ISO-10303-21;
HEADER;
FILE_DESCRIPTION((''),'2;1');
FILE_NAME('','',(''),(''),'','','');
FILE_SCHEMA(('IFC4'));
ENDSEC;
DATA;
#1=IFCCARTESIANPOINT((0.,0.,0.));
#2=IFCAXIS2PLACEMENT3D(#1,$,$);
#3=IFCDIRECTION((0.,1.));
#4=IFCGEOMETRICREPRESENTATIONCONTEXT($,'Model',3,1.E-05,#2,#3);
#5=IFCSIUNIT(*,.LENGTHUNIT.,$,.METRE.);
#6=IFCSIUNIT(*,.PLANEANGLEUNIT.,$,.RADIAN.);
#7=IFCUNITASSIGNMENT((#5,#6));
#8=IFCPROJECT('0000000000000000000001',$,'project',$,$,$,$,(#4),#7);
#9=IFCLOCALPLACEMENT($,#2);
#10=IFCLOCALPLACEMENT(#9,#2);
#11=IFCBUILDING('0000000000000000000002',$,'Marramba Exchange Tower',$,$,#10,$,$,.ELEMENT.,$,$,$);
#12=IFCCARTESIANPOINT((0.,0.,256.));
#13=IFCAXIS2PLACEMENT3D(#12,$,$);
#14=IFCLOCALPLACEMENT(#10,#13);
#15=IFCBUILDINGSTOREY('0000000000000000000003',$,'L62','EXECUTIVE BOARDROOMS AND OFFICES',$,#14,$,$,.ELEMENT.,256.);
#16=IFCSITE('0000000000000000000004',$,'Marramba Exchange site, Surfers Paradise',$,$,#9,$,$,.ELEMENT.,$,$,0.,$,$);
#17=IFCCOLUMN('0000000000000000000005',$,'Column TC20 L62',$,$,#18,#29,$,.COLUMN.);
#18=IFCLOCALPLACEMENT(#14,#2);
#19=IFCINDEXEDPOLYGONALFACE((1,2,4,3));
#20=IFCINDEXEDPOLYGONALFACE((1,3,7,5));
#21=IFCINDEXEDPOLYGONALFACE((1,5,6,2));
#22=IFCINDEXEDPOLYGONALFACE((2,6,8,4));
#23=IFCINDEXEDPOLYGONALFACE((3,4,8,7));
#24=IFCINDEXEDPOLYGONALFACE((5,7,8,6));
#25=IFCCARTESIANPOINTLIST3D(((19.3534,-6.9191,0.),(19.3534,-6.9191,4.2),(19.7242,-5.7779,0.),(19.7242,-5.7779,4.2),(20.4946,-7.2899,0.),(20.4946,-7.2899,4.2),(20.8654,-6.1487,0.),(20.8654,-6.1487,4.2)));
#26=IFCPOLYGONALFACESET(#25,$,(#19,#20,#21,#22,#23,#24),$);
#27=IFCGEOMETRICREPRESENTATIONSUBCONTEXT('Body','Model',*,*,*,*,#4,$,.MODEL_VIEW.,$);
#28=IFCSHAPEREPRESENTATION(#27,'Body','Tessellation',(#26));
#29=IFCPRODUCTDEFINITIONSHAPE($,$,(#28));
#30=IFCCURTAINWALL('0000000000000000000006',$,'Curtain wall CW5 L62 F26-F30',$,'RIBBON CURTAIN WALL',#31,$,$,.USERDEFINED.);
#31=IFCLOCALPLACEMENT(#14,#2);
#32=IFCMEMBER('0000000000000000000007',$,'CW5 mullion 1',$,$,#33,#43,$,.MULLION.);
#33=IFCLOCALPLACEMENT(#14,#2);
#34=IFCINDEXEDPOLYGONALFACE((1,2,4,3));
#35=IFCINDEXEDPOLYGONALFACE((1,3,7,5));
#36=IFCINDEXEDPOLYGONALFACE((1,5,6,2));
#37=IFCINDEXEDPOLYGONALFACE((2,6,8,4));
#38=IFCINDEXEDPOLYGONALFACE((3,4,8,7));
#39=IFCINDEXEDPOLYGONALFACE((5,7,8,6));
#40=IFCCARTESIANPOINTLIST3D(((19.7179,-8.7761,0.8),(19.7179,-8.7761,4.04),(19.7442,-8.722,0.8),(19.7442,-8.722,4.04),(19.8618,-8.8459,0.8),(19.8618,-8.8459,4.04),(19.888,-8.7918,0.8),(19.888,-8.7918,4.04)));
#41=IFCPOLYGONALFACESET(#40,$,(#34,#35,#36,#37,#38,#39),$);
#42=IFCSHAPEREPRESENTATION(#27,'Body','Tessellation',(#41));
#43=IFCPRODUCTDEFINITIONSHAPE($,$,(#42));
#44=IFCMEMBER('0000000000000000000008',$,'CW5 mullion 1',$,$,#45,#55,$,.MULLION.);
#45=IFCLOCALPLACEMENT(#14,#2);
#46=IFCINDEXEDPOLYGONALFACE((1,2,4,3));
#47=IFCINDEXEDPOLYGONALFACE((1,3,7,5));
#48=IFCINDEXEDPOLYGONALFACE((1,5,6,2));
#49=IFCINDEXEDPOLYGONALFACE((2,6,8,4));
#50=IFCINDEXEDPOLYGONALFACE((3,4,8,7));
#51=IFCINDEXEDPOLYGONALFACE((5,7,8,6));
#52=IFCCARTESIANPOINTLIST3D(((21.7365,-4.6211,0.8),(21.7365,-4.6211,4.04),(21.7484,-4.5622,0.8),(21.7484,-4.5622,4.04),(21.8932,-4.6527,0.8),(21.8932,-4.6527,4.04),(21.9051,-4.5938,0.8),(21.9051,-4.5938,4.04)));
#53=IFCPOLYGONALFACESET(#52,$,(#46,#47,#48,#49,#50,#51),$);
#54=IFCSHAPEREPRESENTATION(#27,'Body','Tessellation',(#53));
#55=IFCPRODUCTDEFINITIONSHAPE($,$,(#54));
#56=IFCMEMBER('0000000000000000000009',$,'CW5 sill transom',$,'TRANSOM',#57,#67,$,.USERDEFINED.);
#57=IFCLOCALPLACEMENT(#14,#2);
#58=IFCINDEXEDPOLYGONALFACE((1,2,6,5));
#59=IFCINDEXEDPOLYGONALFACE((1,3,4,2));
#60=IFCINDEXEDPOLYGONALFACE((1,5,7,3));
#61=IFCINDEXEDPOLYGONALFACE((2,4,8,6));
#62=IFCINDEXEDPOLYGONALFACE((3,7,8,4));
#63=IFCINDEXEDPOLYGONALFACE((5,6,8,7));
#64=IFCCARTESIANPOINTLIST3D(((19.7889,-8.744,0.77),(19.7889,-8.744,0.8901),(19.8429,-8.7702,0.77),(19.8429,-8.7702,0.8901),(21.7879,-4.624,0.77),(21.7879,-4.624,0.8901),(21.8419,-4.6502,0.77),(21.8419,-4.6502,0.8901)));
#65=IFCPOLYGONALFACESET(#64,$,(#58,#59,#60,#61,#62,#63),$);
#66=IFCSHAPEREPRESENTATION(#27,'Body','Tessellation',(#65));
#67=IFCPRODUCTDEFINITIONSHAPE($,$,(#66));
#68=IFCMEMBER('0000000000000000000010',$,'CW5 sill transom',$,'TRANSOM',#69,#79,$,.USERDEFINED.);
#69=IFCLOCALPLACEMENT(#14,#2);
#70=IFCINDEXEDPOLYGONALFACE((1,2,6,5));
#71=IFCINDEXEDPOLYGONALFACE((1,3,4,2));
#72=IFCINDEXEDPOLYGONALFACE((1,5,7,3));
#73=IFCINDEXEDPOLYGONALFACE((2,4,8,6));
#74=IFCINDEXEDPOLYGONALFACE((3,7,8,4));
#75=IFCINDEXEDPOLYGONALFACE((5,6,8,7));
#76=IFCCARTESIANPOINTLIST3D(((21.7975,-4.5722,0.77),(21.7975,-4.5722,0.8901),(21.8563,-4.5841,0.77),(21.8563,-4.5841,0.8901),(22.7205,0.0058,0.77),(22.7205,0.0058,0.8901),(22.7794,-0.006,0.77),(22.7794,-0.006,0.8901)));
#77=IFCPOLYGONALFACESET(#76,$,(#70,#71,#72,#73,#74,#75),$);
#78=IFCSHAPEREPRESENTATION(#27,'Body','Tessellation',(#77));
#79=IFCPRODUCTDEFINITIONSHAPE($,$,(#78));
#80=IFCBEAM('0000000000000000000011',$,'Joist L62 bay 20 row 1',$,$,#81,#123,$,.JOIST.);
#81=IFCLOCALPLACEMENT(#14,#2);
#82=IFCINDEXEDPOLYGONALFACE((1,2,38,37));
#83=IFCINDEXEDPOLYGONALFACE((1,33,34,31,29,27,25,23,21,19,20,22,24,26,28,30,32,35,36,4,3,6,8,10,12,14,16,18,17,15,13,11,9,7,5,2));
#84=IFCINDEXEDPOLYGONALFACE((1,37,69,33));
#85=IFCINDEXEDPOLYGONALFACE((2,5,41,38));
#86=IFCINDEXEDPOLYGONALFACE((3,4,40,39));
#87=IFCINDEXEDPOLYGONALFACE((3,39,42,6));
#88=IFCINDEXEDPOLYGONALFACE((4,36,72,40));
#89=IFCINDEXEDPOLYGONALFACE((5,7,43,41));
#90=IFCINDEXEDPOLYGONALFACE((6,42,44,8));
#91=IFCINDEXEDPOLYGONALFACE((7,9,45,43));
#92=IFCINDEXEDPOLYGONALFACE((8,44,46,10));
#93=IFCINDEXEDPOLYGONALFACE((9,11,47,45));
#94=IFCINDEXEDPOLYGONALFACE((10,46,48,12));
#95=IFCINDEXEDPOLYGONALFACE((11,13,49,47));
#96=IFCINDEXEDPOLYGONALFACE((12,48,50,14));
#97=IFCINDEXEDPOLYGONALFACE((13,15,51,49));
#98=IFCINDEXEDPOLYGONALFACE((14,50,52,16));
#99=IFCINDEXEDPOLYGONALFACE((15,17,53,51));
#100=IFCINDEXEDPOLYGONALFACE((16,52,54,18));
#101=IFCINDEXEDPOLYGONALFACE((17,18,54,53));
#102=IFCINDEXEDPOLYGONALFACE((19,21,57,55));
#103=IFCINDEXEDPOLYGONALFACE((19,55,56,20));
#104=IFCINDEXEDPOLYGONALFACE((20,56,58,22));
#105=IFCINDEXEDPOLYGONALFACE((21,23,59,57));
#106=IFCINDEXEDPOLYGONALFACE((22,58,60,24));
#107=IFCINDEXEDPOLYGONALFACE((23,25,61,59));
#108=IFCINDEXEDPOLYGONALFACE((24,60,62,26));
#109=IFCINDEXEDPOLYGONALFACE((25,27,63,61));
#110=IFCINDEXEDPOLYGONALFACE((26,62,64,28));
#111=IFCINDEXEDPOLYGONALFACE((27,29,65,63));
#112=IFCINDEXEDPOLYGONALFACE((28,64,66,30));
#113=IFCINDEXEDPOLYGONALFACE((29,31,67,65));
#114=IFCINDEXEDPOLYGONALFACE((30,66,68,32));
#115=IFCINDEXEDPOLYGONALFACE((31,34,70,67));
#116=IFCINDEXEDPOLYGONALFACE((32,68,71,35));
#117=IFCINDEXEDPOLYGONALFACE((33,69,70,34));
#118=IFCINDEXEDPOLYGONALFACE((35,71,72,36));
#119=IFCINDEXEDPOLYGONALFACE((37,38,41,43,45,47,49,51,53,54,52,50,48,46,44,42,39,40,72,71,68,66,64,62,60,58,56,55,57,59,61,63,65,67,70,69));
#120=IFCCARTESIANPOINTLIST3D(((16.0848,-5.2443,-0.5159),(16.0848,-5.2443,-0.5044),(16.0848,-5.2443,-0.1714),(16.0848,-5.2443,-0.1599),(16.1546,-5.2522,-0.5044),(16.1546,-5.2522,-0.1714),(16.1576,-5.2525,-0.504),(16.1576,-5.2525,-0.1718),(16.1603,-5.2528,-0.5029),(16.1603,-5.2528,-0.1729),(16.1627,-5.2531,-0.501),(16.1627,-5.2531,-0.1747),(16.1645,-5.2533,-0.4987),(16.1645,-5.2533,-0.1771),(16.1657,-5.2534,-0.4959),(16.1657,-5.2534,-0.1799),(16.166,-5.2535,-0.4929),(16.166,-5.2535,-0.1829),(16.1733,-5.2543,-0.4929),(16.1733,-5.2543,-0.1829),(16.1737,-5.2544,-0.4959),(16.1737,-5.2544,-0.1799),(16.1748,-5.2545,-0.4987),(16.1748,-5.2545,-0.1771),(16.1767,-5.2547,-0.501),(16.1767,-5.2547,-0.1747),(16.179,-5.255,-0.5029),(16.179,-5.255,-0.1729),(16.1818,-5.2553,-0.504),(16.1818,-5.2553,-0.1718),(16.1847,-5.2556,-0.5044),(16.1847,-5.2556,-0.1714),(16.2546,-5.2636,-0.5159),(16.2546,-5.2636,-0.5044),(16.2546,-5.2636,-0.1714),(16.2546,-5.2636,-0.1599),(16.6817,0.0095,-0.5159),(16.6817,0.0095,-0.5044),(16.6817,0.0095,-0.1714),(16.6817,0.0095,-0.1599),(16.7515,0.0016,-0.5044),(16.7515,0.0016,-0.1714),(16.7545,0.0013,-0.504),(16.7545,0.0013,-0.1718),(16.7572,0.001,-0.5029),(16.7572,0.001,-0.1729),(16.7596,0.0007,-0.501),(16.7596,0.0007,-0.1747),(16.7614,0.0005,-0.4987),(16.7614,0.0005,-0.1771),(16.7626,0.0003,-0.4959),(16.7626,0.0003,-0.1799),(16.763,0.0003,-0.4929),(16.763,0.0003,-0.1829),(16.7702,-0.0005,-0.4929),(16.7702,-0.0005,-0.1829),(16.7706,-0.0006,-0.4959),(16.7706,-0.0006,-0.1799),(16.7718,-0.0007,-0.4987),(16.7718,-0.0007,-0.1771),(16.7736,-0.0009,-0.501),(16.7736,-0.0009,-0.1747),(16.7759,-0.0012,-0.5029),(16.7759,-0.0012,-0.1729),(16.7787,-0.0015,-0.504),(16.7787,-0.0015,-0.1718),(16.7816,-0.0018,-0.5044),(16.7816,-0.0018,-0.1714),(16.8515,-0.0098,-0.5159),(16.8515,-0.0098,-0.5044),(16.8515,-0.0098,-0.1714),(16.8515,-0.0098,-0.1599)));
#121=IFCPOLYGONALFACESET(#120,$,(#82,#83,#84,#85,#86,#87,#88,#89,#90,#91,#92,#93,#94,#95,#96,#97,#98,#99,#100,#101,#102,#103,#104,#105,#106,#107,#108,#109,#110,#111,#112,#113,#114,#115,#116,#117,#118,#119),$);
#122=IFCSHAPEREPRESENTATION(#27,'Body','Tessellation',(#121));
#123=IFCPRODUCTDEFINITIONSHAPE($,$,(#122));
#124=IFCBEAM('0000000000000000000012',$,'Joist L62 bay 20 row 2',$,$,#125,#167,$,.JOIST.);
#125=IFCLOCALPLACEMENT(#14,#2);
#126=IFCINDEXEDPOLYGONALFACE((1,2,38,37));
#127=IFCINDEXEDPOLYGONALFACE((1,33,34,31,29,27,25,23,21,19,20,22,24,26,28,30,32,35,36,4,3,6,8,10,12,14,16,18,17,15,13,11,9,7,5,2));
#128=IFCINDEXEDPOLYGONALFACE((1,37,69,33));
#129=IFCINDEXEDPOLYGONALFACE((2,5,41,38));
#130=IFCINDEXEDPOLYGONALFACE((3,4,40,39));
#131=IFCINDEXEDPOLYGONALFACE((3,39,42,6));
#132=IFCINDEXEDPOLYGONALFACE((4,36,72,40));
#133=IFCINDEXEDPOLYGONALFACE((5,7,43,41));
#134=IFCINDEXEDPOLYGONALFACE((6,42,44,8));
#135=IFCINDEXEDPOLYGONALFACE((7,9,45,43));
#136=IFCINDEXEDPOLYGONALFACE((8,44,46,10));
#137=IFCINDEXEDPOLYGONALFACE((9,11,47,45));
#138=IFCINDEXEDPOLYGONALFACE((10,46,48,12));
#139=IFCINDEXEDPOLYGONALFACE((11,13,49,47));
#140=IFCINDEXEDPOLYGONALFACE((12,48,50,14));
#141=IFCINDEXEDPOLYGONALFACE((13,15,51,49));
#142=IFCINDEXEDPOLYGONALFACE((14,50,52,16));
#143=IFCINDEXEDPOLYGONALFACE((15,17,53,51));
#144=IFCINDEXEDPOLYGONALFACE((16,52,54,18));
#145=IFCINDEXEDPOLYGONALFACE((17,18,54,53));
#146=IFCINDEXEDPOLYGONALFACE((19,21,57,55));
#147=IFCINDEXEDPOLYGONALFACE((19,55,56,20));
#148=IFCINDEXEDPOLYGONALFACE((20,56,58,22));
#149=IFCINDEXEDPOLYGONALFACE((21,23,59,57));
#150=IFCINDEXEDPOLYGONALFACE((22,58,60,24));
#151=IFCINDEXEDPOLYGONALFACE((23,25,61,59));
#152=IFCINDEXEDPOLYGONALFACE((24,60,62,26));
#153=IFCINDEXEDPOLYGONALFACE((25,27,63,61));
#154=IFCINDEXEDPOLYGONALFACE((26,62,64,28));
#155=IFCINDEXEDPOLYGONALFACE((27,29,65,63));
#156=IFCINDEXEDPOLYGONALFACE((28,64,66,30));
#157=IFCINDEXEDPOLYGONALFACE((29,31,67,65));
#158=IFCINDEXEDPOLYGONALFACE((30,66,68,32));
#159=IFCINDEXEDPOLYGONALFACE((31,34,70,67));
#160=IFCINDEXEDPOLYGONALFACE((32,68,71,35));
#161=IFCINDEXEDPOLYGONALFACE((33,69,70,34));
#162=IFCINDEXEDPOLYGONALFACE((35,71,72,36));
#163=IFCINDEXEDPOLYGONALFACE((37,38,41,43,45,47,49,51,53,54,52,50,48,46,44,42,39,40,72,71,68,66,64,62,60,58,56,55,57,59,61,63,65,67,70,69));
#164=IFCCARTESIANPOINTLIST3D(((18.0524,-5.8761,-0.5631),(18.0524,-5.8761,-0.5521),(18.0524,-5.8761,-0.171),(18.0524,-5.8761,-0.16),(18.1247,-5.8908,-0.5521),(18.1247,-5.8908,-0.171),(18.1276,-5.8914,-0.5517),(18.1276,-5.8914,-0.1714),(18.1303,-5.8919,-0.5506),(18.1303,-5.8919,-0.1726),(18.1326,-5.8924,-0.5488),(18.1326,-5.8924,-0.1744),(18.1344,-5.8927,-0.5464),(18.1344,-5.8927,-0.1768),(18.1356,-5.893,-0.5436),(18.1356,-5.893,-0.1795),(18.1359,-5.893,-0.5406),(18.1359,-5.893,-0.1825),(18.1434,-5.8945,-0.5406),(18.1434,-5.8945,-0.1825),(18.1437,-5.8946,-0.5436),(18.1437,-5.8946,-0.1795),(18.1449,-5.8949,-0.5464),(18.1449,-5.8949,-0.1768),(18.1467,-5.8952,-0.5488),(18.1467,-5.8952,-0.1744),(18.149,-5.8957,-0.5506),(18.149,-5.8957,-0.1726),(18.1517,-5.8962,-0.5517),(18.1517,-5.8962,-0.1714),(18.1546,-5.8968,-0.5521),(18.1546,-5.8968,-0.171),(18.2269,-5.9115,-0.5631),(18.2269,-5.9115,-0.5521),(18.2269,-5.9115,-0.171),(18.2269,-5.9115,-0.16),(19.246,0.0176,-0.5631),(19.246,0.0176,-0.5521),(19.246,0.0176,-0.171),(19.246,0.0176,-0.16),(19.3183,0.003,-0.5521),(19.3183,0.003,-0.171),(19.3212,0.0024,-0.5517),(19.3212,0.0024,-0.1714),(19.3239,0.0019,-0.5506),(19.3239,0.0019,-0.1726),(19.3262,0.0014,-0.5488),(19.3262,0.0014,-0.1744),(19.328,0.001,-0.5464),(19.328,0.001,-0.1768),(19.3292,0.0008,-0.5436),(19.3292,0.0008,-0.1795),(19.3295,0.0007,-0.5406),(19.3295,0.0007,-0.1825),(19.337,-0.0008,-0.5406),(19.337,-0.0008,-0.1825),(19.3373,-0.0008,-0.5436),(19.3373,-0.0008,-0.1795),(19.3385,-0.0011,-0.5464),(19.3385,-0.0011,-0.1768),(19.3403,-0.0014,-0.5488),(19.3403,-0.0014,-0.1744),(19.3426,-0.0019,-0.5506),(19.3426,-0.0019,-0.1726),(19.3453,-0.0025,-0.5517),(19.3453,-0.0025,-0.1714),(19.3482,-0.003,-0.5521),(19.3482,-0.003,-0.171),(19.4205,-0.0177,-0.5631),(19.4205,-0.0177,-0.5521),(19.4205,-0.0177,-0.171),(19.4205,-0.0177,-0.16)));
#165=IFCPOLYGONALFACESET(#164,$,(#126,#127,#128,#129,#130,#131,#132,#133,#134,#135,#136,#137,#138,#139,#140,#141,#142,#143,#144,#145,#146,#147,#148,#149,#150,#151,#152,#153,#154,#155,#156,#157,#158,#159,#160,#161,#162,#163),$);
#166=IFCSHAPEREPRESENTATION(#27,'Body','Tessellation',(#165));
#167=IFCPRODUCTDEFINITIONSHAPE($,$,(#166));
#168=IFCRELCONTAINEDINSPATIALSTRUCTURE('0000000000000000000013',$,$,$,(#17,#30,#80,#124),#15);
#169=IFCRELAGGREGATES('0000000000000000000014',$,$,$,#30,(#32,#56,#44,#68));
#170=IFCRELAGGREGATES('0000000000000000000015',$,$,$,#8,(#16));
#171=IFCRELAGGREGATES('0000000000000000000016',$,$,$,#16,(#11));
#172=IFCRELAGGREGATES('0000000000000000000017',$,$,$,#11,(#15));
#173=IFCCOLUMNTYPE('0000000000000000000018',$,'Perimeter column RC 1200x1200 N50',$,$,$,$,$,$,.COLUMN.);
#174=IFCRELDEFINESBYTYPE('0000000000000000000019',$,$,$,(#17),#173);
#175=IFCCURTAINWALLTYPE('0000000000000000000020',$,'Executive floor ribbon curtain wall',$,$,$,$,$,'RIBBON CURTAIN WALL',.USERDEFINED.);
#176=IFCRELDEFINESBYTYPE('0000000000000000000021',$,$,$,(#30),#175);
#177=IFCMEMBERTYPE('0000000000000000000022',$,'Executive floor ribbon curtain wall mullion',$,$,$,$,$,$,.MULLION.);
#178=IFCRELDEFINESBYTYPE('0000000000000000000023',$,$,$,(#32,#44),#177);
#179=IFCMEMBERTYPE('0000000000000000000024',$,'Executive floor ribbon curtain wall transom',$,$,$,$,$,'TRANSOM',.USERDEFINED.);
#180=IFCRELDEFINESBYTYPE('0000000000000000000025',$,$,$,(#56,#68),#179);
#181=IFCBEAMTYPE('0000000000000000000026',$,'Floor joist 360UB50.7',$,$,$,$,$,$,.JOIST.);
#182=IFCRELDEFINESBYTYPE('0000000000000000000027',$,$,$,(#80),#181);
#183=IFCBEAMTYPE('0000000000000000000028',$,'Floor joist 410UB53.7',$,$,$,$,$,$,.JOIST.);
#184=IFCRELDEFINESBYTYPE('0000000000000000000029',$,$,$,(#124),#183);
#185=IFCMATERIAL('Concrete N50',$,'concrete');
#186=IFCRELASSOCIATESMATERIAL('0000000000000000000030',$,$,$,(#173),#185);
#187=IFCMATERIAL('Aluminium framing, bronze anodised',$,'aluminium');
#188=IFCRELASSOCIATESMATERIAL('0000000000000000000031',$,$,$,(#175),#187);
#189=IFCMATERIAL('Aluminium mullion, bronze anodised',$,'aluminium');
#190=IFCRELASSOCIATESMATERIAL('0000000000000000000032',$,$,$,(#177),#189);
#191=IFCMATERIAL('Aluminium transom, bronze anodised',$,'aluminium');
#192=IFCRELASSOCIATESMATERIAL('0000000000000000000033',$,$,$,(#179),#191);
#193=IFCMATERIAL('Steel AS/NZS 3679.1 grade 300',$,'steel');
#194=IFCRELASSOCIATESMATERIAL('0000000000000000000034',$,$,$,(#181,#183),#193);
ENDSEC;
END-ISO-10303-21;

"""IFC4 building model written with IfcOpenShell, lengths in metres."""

from ifc_helpers import new_model, si_unit, direction, frame, origin, origin_2d, place, context, subcontext, project, spatial, rectangle, i_section, extrude, material, material_profile, profile_set, type_object, element, aggregate, save


model = new_model("IFC4")

# Units and contexts
model_context = context("Model", 3, precision=1e-05, world=origin(), true_north=direction((0.0, 1.0)))
body_context = subcontext(model_context, "Body", "Model", "MODEL_VIEW")
ifc_project = project(units=[si_unit("LENGTHUNIT", "METRE"), si_unit("PLANEANGLEUNIT", "RADIAN")], contexts=[model_context])

# Site, building, storey
site_placement = place(None, origin())
site = spatial("IfcSite", under=ifc_project, at=site_placement, Name="Marramba Exchange site, Surfers Paradise", CompositionType="ELEMENT", RefElevation=0.0)
building_placement = place(site_placement, origin())
building = spatial("IfcBuilding", under=site, at=building_placement, Name="Marramba Exchange Tower", CompositionType="ELEMENT")
storey_placement = place(building_placement, frame((0.0, 0.0, 256.0)))
storey = spatial("IfcBuildingStorey", under=building, at=storey_placement, Name="L62", Description="EXECUTIVE BOARDROOMS AND OFFICES", CompositionType="ELEMENT", Elevation=256.0)

# Column
ifc_material_1 = material(Name="Concrete N50", Category="concrete")
ifc_material_profile_1 = material_profile(ifc_material_1, rectangle(XDim=1.2, YDim=1.2, at=origin_2d()), Name="RC 1200x1200")
ifc_profile_set_1 = profile_set([ifc_material_profile_1], Name="Concrete N50")
column_type = type_object("IfcColumnType", Name="Perimeter column RC 1200x1200 N50", PredefinedType="COLUMN", material=ifc_profile_set_1)
column_placement = place(storey_placement, frame((20.1094, -6.5339, 0.0), z_axis=(0.0, 0.0, 1.0), x_axis=(0.951057, -0.309017, 0.0)))
element("IfcColumn", 1, at=column_placement, inside=storey, type_object=column_type, Name="Column TC20 L62", PredefinedType="COLUMN", context=body_context, shape_type="SweptSolid", body=[
    extrude(rectangle(XDim=1.2, YDim=1.2, at=origin_2d()), origin(), (0.0, 0.0, 1.0), 4.2),
])

# Curtain wall, members
ifc_material_2 = material(Name="Aluminium framing, bronze anodised", Category="aluminium")
curtain_wall_type = type_object("IfcCurtainWallType", Name="Executive floor ribbon curtain wall", ElementType="RIBBON CURTAIN WALL", PredefinedType="USERDEFINED", material=ifc_material_2)
curtain_wall_placement = place(storey_placement, origin())
curtain_wall = element("IfcCurtainWall", 2, at=curtain_wall_placement, inside=storey, type_object=curtain_wall_type, Name="Curtain wall CW5 L62 F26-F30", ObjectType="RIBBON CURTAIN WALL", PredefinedType="USERDEFINED")
ifc_material_3 = material(Name="Aluminium mullion, bronze anodised", Category="aluminium")
ifc_material_profile_2 = material_profile(ifc_material_3, rectangle(XDim=0.1599, YDim=0.0601, at=origin_2d()), Name="CW5 mullion 60x160")
ifc_profile_set_2 = profile_set([ifc_material_profile_2], Name="Aluminium mullion, bronze anodised")
member_type_1 = type_object("IfcMemberType", Name="Executive floor ribbon curtain wall mullion", PredefinedType="MULLION", material=ifc_profile_set_2)
member_1_placement = place(storey_placement, frame((19.803, -8.7839, 0.8), z_axis=(0.0, 0.0, 1.0), x_axis=(-0.899697, 0.436515, 0.0)))
member_1 = element("IfcMember", 3, at=member_1_placement, type_object=member_type_1, Name="CW5 mullion 1", PredefinedType="MULLION", context=body_context, shape_type="SweptSolid", body=[
    extrude(rectangle(XDim=0.1599, YDim=0.0601, at=origin_2d()), origin(), (0.0, 0.0, 1.0), 3.24),
])
member_2_placement = place(storey_placement, frame((21.8208, -4.6074, 0.8), z_axis=(0.0, 0.0, 1.0), x_axis=(-0.980269, 0.197671, 0.0)))
member_2 = element("IfcMember", 4, at=member_2_placement, type_object=member_type_1, Name="CW5 mullion 1", PredefinedType="MULLION", context=body_context, shape_type="SweptSolid", body=[
    extrude(rectangle(XDim=0.1599, YDim=0.0601, at=origin_2d()), origin(), (0.0, 0.0, 1.0), 3.24),
])
ifc_material_4 = material(Name="Aluminium transom, bronze anodised", Category="aluminium")
ifc_material_profile_3 = material_profile(ifc_material_4, rectangle(XDim=0.0601, YDim=0.1201, at=origin_2d()), Name="CW5 transom 60x120")
ifc_profile_set_3 = profile_set([ifc_material_profile_3], Name="Aluminium transom, bronze anodised")
member_type_2 = type_object("IfcMemberType", Name="Executive floor ribbon curtain wall transom", ElementType="TRANSOM", PredefinedType="USERDEFINED", material=ifc_profile_set_3)
member_3_placement = place(storey_placement, frame((19.8159, -8.7571, 0.8301), z_axis=(0.436519, 0.899695, 0.0), x_axis=(-0.899695, 0.436519, 0.0)))
member_3 = element("IfcMember", 5, at=member_3_placement, type_object=member_type_2, Name="CW5 sill transom", ObjectType="TRANSOM", PredefinedType="USERDEFINED", context=body_context, shape_type="SweptSolid", body=[
    extrude(rectangle(XDim=0.0601, YDim=0.1201, at=origin_2d()), origin(), (0.0, 0.0, 1.0), 4.5793),
])
member_4_placement = place(storey_placement, frame((21.8269, -4.5781, 0.8301), z_axis=(0.197654, 0.980272, 0.0), x_axis=(-0.980272, 0.197654, 0.0)))
member_4 = element("IfcMember", 6, at=member_4_placement, type_object=member_type_2, Name="CW5 sill transom", ObjectType="TRANSOM", PredefinedType="USERDEFINED", context=body_context, shape_type="SweptSolid", body=[
    extrude(rectangle(XDim=0.0601, YDim=0.1201, at=origin_2d()), origin(), (0.0, 0.0, 1.0), 4.6702),
])

# Beams
ifc_material_5 = material(Name="Steel AS/NZS 3679.1 grade 300", Category="steel")
ifc_material_profile_4 = material_profile(ifc_material_5, i_section(OverallWidth=0.1709, OverallDepth=0.356, WebThickness=0.0073, FlangeThickness=0.0115, FilletRadius=0.0115, at=origin_2d()), Name="360UB50.7")
ifc_profile_set_4 = profile_set([ifc_material_profile_4], Name="Steel AS/NZS 3679.1 grade 300")
beam_type_1 = type_object("IfcBeamType", Name="Floor joist 360UB50.7", PredefinedType="JOIST", material=ifc_profile_set_4)
beam_1_placement = place(storey_placement, frame((16.1697, -5.2539, -0.3379), z_axis=(0.112889, 0.993608, 0.0), x_axis=(-0.993608, 0.112889, 0.0)))
element("IfcBeam", 7, at=beam_1_placement, inside=storey, type_object=beam_type_1, Name="Joist L62 bay 20 row 1", PredefinedType="JOIST", context=body_context, shape_type="SweptSolid", body=[
    extrude(i_section(OverallWidth=0.1709, OverallDepth=0.356, WebThickness=0.0073, FlangeThickness=0.0115, FilletRadius=0.0115, at=origin_2d()), origin(), (0.0, 0.0, 1.0), 5.2876),
])
ifc_material_profile_5 = material_profile(ifc_material_5, i_section(OverallWidth=0.178, OverallDepth=0.4031, WebThickness=0.0076, FlangeThickness=0.011, FilletRadius=0.0115, at=origin_2d()), Name="410UB53.7")
ifc_profile_set_5 = profile_set([ifc_material_profile_5], Name="Steel AS/NZS 3679.1 grade 300")
beam_type_2 = type_object("IfcBeamType", Name="Floor joist 410UB53.7", PredefinedType="JOIST", material=ifc_profile_set_5)
beam_2_placement = place(storey_placement, frame((18.1396, -5.8938, -0.3616), z_axis=(0.198489, 0.980103, 0.0), x_axis=(-0.980103, 0.198489, 0.0)))
element("IfcBeam", 8, at=beam_2_placement, inside=storey, type_object=beam_type_2, Name="Joist L62 bay 20 row 2", PredefinedType="JOIST", context=body_context, shape_type="SweptSolid", body=[
    extrude(i_section(OverallWidth=0.178, OverallDepth=0.4031, WebThickness=0.0076, FlangeThickness=0.011, FilletRadius=0.0115, at=origin_2d()), origin(), (0.0, 0.0, 1.0), 6.0134),
])

aggregate(curtain_wall, [member_1, member_3, member_2, member_4])

save(model, "model.ifc")
